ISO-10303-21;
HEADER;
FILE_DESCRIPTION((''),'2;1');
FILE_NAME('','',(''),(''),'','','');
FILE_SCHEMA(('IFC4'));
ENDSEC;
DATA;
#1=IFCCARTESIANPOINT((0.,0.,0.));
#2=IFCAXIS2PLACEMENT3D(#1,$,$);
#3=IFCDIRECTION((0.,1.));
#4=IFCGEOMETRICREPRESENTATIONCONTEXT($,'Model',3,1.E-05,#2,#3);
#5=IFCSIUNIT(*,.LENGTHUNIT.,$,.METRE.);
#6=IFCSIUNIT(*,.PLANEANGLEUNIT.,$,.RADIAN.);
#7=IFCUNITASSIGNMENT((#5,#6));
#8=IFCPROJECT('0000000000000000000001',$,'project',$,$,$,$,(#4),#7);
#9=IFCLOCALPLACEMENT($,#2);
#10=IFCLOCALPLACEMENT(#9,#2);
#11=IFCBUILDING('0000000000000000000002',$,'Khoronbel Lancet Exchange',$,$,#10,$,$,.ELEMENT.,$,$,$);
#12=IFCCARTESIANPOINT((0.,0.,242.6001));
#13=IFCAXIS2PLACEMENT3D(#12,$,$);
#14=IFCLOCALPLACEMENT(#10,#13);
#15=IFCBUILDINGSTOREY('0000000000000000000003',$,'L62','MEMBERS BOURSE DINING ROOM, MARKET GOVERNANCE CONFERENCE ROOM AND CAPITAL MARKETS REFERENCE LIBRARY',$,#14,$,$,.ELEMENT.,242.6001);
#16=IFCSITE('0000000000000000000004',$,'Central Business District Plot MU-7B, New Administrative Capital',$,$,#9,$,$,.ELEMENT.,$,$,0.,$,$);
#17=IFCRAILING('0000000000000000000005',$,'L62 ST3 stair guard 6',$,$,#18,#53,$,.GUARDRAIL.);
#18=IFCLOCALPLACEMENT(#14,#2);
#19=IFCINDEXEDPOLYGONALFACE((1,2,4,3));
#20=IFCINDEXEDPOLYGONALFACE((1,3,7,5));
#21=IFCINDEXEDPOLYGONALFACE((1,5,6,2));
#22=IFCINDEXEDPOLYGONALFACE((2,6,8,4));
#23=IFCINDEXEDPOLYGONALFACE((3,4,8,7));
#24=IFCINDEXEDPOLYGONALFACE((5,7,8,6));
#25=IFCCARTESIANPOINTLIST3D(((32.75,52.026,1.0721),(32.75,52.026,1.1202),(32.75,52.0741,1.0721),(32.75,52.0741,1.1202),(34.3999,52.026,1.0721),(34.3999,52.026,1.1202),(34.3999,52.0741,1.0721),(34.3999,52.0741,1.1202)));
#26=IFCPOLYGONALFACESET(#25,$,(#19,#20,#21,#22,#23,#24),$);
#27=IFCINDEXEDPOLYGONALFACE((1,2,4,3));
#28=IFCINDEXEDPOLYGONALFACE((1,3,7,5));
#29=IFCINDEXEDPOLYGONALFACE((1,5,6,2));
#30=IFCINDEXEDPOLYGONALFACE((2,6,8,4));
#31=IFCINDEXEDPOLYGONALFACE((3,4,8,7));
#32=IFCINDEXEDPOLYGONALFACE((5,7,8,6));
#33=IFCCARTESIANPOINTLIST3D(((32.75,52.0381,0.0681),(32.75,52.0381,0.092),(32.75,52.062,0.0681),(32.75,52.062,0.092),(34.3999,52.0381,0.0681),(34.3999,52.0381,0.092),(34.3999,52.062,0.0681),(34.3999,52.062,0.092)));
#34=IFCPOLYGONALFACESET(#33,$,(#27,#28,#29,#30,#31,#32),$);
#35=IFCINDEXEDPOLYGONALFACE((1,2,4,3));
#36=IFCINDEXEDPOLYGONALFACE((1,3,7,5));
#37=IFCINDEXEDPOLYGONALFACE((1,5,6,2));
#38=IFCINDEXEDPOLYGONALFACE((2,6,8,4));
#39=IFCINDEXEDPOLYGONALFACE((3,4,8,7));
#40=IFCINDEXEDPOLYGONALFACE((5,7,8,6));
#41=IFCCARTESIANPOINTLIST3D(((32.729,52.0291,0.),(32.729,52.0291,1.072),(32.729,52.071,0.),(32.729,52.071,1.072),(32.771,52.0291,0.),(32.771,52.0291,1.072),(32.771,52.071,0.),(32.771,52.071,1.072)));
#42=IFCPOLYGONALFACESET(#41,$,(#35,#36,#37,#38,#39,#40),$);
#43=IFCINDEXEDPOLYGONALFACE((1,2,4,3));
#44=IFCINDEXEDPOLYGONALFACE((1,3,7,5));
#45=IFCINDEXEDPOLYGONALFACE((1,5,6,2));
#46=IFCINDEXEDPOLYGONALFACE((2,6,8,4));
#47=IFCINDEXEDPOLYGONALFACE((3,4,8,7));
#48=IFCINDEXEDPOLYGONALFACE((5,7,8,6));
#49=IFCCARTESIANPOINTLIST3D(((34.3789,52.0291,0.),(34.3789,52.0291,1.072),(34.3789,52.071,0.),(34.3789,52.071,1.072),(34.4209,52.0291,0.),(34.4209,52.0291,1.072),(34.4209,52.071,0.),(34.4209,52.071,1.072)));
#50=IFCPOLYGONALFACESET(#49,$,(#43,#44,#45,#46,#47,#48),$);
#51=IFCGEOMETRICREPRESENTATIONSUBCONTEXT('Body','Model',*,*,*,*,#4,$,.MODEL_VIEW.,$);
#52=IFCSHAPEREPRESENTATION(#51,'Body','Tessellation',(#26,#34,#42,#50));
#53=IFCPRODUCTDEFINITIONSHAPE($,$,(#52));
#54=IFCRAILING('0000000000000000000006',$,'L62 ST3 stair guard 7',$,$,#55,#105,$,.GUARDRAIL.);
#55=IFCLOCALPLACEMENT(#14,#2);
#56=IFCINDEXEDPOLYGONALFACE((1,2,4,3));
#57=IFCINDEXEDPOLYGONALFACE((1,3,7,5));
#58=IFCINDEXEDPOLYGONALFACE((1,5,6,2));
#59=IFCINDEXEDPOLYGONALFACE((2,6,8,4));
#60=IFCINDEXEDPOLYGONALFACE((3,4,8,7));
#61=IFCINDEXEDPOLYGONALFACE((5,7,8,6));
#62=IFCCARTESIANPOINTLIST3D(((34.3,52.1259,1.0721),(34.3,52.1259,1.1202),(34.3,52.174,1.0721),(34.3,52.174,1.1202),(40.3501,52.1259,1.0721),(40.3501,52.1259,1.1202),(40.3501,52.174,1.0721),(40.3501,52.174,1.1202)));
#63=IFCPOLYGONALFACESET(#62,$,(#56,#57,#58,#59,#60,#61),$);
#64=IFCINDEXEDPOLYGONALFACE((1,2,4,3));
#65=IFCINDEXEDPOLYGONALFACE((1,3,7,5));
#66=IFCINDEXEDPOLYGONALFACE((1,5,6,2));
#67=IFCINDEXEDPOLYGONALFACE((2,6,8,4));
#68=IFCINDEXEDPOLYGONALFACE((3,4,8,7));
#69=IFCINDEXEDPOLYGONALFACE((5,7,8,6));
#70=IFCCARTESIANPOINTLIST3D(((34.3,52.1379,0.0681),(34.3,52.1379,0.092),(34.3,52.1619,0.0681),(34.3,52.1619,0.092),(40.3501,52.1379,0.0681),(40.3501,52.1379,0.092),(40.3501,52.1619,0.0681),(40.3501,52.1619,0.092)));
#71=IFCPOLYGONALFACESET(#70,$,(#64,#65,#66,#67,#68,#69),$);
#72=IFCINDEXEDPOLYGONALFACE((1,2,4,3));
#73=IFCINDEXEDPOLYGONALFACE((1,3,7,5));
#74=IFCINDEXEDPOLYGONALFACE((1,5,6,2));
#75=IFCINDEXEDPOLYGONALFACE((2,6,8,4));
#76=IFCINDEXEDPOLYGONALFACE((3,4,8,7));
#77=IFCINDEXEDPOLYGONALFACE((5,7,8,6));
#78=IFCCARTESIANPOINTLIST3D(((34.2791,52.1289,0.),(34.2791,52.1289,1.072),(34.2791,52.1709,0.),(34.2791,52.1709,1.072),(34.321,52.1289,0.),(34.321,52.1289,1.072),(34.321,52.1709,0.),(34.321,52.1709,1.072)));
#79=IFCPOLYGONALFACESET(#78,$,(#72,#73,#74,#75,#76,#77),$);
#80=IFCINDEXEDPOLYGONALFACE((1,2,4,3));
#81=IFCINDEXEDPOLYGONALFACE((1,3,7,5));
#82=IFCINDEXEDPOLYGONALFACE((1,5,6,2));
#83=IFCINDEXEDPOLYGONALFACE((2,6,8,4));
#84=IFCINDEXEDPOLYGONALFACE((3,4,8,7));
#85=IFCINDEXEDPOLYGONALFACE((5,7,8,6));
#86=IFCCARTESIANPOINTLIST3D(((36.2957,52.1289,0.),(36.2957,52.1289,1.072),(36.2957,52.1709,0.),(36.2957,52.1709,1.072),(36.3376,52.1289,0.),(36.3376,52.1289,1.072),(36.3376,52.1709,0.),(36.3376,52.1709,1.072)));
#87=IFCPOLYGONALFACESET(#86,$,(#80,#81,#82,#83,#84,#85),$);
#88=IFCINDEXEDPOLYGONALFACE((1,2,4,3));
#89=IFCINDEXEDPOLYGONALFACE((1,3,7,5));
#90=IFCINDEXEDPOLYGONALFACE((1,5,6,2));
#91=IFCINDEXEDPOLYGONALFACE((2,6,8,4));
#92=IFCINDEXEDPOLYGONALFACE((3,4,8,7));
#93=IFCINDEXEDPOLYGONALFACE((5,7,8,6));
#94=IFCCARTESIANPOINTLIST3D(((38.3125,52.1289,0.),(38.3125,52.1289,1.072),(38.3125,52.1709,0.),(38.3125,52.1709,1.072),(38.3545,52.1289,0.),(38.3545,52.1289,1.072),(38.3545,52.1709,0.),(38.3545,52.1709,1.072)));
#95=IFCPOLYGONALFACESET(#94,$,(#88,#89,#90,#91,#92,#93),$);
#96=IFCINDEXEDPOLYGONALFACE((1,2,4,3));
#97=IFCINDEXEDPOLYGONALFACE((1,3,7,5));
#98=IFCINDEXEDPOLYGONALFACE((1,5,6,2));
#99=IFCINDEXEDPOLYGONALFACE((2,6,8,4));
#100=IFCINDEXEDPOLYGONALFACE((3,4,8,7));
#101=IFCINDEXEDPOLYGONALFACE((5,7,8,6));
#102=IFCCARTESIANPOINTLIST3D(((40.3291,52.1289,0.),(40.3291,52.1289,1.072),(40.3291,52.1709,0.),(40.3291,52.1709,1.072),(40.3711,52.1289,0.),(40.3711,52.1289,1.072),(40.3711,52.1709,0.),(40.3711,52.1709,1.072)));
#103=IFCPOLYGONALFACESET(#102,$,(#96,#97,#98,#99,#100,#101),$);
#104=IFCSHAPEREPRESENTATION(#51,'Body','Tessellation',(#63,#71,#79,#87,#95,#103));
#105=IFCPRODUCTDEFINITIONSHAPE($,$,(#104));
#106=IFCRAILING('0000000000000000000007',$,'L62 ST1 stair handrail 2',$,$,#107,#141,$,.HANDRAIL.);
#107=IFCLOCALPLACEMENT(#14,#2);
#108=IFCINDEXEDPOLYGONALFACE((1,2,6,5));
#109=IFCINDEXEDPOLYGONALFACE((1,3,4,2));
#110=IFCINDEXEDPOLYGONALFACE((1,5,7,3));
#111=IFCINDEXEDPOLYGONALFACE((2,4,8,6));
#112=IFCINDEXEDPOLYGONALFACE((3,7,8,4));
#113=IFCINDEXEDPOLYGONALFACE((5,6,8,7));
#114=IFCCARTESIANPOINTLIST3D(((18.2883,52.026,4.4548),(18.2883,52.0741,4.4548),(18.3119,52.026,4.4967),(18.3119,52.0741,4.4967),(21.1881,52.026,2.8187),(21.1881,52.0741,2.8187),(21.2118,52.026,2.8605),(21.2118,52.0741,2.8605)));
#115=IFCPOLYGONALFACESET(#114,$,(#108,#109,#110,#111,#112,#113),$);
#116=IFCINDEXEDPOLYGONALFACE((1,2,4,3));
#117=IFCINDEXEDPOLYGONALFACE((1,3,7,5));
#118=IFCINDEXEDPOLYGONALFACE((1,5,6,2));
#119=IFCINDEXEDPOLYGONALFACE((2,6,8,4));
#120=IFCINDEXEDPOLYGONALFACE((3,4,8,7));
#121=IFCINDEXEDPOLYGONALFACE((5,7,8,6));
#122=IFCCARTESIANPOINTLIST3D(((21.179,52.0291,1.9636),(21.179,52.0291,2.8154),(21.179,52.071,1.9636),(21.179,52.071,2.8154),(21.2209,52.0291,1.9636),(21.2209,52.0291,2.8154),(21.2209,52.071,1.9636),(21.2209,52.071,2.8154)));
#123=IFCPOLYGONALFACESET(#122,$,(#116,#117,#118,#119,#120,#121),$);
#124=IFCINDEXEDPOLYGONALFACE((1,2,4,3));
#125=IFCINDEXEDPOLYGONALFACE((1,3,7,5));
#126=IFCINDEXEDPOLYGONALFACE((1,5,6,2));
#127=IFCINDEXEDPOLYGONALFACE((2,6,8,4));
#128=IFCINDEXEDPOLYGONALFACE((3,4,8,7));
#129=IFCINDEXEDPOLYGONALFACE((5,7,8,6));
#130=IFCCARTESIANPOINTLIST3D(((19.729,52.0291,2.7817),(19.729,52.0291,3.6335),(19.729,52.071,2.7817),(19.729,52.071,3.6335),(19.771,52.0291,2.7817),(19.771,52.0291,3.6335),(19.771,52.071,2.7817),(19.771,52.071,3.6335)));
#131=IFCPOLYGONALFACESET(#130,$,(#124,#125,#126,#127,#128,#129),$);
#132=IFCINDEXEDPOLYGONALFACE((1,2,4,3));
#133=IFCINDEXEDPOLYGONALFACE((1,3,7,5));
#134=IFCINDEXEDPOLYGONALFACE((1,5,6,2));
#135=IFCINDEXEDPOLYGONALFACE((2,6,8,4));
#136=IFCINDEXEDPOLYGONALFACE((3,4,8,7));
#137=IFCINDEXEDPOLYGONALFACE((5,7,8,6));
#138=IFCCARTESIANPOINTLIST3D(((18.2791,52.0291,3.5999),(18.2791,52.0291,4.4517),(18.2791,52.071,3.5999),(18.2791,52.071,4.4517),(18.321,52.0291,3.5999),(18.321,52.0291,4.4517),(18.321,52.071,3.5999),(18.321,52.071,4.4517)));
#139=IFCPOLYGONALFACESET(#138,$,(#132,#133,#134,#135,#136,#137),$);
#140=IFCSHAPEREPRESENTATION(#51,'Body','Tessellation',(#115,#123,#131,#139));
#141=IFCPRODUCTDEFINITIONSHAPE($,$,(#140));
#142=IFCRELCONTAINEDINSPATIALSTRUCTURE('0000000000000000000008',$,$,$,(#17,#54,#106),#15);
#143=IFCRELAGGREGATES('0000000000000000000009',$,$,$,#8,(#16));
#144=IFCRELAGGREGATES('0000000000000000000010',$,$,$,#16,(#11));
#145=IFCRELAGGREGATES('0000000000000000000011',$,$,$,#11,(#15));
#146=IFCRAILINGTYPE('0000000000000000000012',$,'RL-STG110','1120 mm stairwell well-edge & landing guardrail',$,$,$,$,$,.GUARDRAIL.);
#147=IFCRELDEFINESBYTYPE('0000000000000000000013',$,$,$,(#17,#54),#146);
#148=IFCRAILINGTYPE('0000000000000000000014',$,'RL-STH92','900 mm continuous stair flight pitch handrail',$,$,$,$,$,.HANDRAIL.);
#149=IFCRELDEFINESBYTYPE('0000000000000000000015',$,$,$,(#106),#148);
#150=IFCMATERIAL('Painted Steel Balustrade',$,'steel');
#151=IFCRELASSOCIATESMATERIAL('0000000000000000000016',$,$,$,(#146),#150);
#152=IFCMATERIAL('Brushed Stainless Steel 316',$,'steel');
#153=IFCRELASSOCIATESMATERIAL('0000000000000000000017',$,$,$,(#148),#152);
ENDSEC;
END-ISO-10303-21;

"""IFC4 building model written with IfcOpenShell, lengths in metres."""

from ifc_helpers import new_model, si_unit, direction, frame, origin, origin_2d, place, context, subcontext, project, spatial, rectangle, extrude, material, type_object, element, save


model = new_model("IFC4")

# Units and contexts
model_context = context("Model", 3, precision=1e-05, world=origin(), true_north=direction((0.0, 1.0)))
body_context = subcontext(model_context, "Body", "Model", "MODEL_VIEW")
ifc_project = project(units=[si_unit("LENGTHUNIT", "METRE"), si_unit("PLANEANGLEUNIT", "RADIAN")], contexts=[model_context])

# Site, building, storey
site_placement = place(None, origin())
site = spatial("IfcSite", under=ifc_project, at=site_placement, Name="Central Business District Plot MU-7B, New Administrative Capital", CompositionType="ELEMENT", RefElevation=0.0)
building_placement = place(site_placement, origin())
building = spatial("IfcBuilding", under=site, at=building_placement, Name="Khoronbel Lancet Exchange", CompositionType="ELEMENT")
storey_placement = place(building_placement, frame((0.0, 0.0, 242.6001)))
storey = spatial("IfcBuildingStorey", under=building, at=storey_placement, Name="L62", Description="MEMBERS BOURSE DINING ROOM, MARKET GOVERNANCE CONFERENCE ROOM AND CAPITAL MARKETS REFERENCE LIBRARY", CompositionType="ELEMENT", Elevation=242.6001)

# Railings
ifc_material_1 = material(Name="Painted Steel Balustrade", Category="steel")
railing_type_1 = type_object("IfcRailingType", Name="RL-STG110", Description="1120 mm stairwell well-edge & landing guardrail", PredefinedType="GUARDRAIL", material=ifc_material_1)
railing_1_placement = place(storey_placement, frame((32.75, 52.05, 0.0)))
element("IfcRailing", 1, at=railing_1_placement, inside=storey, type_object=railing_type_1, Name="L62 ST3 stair guard 6", PredefinedType="GUARDRAIL", context=body_context, shape_type="SweptSolid", body=[
    extrude(rectangle(XDim=0.0481, YDim=0.0481, at=origin_2d()), frame((0.0, 0.0, 1.0962), z_axis=(1.0, 0.0, 0.0), x_axis=(0.0, 1.0, 0.0)), (0.0, 0.0, 1.0), 1.6499),
    extrude(rectangle(XDim=0.0239, YDim=0.0239, at=origin_2d()), frame((0.0, 0.0, 0.0801), z_axis=(1.0, 0.0, 0.0), x_axis=(0.0, 1.0, 0.0)), (0.0, 0.0, 1.0), 1.6499),
    extrude(rectangle(XDim=0.042, YDim=0.042, at=origin_2d()), origin(), (0.0, 0.0, 1.0), 1.072),
    extrude(rectangle(XDim=0.042, YDim=0.042, at=origin_2d()), frame((1.6499, 0.0, 0.0)), (0.0, 0.0, 1.0), 1.072),
])
railing_2_placement = place(storey_placement, frame((34.3, 52.1499, 0.0)))
element("IfcRailing", 2, at=railing_2_placement, inside=storey, type_object=railing_type_1, Name="L62 ST3 stair guard 7", PredefinedType="GUARDRAIL", context=body_context, shape_type="SweptSolid", body=[
    extrude(rectangle(XDim=0.0481, YDim=0.0481, at=origin_2d()), frame((0.0, 0.0, 1.0962), z_axis=(1.0, 0.0, 0.0), x_axis=(0.0, 1.0, 0.0)), (0.0, 0.0, 1.0), 6.05),
    extrude(rectangle(XDim=0.0239, YDim=0.0239, at=origin_2d()), frame((0.0, 0.0, 0.0801), z_axis=(1.0, 0.0, 0.0), x_axis=(0.0, 1.0, 0.0)), (0.0, 0.0, 1.0), 6.05),
    extrude(rectangle(XDim=0.042, YDim=0.042, at=origin_2d()), origin(), (0.0, 0.0, 1.0), 1.072),
    extrude(rectangle(XDim=0.042, YDim=0.042, at=origin_2d()), frame((2.0166, 0.0, 0.0)), (0.0, 0.0, 1.0), 1.072),
    extrude(rectangle(XDim=0.042, YDim=0.042, at=origin_2d()), frame((4.0334, 0.0, 0.0)), (0.0, 0.0, 1.0), 1.072),
    extrude(rectangle(XDim=0.042, YDim=0.042, at=origin_2d()), frame((6.05, 0.0, 0.0)), (0.0, 0.0, 1.0), 1.072),
])
ifc_material_2 = material(Name="Brushed Stainless Steel 316", Category="steel")
railing_type_2 = type_object("IfcRailingType", Name="RL-STH92", Description="900 mm continuous stair flight pitch handrail", PredefinedType="HANDRAIL", material=ifc_material_2)
railing_3_placement = place(storey_placement, frame((21.2, 52.05, 1.9636)))
element("IfcRailing", 3, at=railing_3_placement, inside=storey, type_object=railing_type_2, Name="L62 ST1 stair handrail 2", PredefinedType="HANDRAIL", context=body_context, shape_type="SweptSolid", body=[
    extrude(rectangle(XDim=0.0481, YDim=0.0481, at=origin_2d()), frame((0.0, 0.0, 0.876), z_axis=(-0.870929, 0.0, 0.49141), x_axis=(0.0, -1.0, 0.0)), (0.0, 0.0, 1.0), 3.3296),
    extrude(rectangle(XDim=0.042, YDim=0.042, at=origin_2d()), origin(), (0.0, 0.0, 1.0), 0.8518),
    extrude(rectangle(XDim=0.042, YDim=0.042, at=origin_2d()), frame((-1.45, 0.0, 0.8181)), (0.0, 0.0, 1.0), 0.8518),
    extrude(rectangle(XDim=0.042, YDim=0.042, at=origin_2d()), frame((-2.8999, 0.0, 1.6362)), (0.0, 0.0, 1.0), 0.8518),
])

save(model, "model.ifc")
